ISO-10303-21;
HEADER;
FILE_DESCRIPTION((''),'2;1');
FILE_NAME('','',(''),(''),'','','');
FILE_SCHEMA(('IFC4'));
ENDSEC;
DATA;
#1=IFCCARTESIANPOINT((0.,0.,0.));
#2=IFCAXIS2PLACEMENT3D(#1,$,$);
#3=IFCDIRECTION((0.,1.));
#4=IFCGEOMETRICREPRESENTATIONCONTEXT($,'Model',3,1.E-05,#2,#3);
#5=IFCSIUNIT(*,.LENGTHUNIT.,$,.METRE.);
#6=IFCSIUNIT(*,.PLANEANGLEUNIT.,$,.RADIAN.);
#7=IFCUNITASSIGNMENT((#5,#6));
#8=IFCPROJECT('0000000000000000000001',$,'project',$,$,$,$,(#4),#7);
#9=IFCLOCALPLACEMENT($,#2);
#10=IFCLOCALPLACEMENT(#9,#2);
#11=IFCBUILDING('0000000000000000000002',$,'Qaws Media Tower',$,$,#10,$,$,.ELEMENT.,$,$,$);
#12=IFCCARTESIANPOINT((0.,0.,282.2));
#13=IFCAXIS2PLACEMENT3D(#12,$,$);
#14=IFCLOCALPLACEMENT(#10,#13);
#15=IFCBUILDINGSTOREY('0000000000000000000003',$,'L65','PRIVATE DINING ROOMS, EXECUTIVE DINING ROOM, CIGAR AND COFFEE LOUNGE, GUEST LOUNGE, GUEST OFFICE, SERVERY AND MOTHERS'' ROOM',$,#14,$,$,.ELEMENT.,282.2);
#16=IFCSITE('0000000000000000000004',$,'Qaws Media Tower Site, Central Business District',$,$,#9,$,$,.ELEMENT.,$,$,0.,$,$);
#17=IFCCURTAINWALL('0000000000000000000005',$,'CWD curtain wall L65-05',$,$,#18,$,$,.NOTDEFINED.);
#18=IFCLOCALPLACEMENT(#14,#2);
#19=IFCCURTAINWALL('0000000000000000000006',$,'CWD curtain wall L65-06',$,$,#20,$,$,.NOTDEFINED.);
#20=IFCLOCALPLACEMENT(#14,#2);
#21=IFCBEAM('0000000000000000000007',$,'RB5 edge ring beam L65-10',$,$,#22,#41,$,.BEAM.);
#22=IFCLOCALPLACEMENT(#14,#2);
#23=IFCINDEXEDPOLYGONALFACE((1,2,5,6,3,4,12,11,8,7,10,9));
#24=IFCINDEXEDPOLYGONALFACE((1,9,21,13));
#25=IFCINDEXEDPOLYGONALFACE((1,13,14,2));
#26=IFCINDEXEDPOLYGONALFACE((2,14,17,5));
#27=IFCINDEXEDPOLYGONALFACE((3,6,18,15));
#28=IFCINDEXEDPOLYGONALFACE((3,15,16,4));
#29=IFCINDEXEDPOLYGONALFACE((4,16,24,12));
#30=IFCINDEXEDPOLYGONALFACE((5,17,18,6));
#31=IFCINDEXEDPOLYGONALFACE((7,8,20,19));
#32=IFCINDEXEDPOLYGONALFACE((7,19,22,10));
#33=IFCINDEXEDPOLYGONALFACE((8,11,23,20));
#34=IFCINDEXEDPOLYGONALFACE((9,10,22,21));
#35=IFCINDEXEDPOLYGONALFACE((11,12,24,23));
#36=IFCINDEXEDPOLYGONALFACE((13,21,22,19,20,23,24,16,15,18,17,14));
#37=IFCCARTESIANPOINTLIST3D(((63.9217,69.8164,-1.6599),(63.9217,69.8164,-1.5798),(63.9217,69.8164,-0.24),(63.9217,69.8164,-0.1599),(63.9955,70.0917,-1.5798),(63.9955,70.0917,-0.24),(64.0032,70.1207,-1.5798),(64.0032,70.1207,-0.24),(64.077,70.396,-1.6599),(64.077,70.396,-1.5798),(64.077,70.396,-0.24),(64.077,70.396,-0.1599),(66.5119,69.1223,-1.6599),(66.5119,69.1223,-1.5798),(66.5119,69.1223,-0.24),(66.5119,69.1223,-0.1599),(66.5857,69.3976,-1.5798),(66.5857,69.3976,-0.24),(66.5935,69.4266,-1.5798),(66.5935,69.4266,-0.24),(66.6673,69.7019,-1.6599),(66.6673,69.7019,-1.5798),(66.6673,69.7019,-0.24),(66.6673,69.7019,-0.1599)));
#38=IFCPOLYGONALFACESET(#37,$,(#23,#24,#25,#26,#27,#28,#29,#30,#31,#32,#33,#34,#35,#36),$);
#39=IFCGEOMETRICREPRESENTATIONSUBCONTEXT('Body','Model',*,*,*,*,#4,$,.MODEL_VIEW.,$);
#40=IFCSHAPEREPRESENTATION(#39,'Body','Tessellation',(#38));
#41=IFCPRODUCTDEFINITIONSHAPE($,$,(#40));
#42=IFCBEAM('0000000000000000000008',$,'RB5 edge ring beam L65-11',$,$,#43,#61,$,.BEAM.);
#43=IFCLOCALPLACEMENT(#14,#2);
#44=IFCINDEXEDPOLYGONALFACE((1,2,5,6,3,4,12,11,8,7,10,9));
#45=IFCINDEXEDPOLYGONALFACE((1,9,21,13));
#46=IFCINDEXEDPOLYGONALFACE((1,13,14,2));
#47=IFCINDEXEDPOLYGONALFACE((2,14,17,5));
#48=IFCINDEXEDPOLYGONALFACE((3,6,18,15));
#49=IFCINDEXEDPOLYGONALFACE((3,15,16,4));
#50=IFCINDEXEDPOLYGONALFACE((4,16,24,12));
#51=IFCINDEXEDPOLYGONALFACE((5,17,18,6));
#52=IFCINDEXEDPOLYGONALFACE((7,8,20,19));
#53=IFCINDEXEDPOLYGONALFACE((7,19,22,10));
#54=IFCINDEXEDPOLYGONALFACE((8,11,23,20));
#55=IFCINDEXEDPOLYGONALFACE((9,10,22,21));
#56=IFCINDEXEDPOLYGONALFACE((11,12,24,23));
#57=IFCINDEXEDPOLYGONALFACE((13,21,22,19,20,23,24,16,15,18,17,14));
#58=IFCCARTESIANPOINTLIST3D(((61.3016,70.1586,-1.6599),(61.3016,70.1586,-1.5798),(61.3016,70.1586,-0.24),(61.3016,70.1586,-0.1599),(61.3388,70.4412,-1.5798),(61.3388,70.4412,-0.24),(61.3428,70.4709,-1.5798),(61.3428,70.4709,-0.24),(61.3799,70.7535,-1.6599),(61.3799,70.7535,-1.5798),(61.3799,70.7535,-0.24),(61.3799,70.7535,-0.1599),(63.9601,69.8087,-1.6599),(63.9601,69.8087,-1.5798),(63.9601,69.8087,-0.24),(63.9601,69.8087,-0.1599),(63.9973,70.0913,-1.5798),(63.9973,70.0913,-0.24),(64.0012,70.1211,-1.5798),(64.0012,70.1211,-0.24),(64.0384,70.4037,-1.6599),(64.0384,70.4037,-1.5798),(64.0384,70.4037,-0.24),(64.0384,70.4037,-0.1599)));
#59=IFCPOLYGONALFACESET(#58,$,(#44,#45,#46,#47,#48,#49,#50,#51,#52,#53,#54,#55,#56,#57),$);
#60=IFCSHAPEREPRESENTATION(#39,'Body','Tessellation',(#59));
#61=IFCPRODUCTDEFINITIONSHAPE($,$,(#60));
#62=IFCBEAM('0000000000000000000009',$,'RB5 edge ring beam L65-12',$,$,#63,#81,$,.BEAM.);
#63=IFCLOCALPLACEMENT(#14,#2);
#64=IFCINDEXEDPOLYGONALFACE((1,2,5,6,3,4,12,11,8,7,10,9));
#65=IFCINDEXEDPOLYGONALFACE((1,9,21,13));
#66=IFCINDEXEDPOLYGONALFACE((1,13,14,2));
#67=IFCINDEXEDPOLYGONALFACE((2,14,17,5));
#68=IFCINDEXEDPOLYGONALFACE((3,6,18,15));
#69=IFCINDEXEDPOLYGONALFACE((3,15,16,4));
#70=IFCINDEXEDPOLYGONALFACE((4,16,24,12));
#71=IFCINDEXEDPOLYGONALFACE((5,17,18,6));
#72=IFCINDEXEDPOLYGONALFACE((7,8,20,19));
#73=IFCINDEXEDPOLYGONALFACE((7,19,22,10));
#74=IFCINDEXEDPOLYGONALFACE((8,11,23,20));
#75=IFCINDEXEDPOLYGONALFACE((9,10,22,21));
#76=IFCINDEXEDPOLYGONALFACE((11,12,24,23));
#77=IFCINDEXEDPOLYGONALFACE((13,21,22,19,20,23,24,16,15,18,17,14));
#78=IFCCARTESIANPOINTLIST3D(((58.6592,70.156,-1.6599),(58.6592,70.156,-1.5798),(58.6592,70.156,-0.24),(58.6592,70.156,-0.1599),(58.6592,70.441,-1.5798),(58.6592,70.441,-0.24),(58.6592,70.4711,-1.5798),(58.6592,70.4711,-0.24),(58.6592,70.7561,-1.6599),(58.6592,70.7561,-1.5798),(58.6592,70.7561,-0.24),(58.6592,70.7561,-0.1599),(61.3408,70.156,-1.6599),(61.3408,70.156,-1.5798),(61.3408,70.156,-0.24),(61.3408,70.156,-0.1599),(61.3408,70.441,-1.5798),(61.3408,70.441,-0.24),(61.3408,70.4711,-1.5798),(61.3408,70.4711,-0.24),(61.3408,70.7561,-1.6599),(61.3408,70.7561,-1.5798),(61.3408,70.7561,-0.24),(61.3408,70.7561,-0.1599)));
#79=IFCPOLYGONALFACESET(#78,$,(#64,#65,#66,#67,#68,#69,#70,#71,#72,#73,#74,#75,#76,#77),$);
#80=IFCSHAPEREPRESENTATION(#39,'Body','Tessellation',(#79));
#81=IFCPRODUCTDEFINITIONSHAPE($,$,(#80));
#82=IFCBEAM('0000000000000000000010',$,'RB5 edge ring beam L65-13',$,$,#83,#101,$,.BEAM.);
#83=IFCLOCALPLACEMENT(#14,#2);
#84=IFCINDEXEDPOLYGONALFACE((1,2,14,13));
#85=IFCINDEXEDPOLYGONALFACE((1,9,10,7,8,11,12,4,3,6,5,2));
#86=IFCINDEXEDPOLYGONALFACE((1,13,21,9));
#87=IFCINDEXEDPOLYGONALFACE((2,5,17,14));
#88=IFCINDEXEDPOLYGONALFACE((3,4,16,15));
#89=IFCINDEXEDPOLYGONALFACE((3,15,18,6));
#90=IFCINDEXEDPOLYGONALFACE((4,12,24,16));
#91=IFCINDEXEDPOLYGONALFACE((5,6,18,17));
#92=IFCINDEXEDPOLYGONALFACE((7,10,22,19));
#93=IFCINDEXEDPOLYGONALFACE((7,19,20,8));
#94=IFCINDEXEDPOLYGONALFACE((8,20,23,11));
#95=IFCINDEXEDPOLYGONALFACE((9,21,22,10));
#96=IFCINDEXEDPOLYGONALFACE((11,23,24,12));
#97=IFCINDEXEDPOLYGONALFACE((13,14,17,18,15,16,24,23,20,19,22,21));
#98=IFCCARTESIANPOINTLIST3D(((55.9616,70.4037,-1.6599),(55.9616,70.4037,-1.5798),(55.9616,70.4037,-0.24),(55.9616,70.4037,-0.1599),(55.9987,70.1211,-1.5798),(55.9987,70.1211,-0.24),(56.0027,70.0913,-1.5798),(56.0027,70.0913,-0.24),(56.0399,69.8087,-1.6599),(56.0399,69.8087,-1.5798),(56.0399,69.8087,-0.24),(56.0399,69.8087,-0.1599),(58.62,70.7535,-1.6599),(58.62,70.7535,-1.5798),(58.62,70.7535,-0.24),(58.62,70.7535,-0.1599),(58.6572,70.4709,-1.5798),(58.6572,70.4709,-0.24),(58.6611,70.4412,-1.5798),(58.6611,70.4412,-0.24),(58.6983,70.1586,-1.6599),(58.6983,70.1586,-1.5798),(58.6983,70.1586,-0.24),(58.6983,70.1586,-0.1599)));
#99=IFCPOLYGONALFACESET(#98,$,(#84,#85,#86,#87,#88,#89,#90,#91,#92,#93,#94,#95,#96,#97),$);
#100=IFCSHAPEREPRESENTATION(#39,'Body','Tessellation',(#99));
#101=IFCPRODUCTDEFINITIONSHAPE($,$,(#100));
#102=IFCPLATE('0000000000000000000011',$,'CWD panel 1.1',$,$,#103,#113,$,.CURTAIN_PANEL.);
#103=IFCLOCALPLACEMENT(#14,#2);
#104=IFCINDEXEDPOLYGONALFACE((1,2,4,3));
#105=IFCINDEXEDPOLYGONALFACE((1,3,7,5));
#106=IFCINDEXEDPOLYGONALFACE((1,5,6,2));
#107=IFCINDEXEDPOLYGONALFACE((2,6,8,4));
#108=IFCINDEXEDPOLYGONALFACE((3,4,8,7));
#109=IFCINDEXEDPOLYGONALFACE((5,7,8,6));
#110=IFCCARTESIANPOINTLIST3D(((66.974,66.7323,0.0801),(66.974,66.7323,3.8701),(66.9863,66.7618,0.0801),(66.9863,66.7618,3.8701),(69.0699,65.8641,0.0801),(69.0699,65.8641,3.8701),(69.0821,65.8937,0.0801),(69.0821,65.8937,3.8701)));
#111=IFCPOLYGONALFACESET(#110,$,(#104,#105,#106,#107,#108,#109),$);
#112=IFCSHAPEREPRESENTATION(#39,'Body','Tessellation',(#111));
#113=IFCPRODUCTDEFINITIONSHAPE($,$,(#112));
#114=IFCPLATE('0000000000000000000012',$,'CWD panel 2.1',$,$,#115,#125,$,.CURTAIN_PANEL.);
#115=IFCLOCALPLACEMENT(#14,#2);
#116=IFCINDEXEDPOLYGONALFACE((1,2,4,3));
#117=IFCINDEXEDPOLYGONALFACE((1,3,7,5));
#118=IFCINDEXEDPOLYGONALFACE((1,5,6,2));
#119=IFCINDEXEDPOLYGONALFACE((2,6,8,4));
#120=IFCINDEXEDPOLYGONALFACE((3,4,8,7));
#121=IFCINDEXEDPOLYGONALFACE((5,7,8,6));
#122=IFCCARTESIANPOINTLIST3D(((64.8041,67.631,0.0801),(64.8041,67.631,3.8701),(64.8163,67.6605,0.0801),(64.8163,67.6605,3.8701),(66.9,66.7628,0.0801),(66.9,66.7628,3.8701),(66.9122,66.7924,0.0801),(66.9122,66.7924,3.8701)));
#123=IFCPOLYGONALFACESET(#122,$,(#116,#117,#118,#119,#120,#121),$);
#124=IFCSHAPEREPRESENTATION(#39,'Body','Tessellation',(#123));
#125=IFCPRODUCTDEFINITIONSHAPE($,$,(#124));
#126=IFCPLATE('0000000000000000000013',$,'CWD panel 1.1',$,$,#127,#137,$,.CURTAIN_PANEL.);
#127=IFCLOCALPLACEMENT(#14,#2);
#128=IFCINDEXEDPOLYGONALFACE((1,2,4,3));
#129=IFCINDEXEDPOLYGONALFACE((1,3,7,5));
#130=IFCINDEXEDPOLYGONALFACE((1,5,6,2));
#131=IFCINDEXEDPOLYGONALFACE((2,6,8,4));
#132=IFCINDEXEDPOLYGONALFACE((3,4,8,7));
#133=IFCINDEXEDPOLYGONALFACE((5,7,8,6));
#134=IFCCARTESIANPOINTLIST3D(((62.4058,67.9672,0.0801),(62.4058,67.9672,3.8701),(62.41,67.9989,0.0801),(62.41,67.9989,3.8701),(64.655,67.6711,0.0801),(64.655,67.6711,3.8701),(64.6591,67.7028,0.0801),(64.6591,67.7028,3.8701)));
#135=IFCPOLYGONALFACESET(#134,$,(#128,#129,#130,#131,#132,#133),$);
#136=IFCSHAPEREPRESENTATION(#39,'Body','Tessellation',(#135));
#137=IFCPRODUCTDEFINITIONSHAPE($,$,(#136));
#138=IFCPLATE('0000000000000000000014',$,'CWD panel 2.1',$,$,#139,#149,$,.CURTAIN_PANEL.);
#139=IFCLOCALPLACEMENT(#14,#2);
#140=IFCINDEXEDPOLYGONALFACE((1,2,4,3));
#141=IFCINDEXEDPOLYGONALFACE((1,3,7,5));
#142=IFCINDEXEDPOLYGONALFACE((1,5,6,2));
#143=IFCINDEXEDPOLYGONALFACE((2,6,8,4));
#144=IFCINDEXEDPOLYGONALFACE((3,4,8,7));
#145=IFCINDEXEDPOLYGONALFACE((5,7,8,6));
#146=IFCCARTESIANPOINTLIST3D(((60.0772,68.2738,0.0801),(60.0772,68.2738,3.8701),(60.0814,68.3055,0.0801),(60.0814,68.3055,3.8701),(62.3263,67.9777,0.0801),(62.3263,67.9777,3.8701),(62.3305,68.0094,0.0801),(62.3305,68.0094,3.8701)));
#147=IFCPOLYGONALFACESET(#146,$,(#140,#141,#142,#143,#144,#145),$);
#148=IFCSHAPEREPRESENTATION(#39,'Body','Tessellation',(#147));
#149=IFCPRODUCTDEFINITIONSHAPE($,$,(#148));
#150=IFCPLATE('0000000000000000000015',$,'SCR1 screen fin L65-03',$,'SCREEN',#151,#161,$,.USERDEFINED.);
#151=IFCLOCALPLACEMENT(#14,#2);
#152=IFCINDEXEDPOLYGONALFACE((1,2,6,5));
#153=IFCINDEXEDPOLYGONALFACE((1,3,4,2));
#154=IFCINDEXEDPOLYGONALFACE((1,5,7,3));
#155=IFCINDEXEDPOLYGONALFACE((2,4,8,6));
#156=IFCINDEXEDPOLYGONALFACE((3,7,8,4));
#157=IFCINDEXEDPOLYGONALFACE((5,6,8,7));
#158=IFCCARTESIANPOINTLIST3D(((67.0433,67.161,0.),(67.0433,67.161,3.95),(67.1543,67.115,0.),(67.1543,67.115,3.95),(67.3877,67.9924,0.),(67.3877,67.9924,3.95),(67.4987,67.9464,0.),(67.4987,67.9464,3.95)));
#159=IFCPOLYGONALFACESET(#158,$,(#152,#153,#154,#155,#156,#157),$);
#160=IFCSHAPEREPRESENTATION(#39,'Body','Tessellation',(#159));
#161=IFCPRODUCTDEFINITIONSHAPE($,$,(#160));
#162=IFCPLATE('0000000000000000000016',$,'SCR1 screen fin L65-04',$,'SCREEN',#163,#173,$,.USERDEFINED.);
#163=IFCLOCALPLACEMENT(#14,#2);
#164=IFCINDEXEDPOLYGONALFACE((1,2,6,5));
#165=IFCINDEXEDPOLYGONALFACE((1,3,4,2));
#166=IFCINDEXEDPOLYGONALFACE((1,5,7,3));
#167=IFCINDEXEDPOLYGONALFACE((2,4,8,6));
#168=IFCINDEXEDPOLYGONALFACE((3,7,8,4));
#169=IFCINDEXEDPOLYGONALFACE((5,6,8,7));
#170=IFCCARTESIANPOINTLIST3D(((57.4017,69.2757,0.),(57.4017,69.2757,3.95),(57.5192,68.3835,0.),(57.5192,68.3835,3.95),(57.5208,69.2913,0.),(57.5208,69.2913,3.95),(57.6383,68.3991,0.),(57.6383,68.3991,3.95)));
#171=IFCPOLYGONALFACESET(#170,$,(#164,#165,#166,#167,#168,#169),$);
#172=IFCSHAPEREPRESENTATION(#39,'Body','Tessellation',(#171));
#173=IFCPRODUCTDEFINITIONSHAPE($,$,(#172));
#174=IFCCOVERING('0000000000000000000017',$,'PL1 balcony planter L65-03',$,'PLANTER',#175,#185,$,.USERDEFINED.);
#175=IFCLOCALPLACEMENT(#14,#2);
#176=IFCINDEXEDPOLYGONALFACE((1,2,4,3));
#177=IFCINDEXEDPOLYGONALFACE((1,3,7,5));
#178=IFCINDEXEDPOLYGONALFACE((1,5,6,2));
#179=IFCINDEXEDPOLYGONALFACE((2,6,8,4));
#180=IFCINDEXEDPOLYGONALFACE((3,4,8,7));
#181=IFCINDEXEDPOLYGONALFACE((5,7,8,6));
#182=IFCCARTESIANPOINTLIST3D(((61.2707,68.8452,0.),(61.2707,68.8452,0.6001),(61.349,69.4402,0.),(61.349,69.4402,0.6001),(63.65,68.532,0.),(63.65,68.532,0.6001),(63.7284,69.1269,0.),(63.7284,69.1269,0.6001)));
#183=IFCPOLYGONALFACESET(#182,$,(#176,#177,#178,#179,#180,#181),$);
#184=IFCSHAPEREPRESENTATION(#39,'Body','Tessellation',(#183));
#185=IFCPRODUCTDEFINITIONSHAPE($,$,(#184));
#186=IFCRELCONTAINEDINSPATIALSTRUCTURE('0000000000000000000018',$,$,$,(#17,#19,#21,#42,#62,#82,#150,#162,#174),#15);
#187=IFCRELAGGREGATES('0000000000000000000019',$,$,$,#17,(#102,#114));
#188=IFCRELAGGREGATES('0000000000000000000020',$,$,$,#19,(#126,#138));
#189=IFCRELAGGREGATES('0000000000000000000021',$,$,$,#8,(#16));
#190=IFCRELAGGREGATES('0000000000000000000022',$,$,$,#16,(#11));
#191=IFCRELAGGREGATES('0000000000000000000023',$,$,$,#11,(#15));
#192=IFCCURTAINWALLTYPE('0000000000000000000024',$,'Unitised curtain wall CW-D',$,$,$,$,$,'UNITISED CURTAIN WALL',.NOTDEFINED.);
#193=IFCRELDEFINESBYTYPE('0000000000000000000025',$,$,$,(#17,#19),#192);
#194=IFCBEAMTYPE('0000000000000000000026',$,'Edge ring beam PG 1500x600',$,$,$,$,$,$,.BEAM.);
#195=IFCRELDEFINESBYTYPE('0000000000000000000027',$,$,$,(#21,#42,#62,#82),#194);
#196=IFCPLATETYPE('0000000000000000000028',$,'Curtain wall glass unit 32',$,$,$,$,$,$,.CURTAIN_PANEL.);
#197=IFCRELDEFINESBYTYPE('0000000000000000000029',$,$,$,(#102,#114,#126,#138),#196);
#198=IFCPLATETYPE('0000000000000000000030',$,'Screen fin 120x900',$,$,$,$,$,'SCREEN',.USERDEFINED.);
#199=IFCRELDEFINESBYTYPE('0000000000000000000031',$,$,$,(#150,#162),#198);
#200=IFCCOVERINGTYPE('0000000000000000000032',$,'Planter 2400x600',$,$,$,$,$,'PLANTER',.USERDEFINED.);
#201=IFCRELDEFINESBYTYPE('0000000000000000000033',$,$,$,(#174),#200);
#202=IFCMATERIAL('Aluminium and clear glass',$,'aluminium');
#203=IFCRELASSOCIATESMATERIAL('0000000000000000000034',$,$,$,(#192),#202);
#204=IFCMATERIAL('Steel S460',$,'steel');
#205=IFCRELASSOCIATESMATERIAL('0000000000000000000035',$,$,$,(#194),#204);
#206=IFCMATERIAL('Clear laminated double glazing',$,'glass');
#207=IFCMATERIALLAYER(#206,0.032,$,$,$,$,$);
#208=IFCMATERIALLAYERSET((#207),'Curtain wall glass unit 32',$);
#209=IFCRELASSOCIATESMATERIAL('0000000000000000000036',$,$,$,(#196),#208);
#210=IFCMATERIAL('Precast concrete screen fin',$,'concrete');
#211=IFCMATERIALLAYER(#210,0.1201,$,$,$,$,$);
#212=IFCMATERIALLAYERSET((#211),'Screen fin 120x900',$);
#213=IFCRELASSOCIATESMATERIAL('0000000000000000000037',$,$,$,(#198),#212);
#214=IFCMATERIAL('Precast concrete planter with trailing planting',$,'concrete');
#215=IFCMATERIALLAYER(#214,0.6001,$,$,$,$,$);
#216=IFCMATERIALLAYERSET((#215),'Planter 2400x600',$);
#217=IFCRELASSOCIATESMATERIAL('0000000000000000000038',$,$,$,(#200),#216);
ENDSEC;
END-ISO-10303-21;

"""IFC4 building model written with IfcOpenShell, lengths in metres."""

from ifc_helpers import new_model, si_unit, direction, frame, origin, origin_2d, place, context, subcontext, project, spatial, rectangle, i_section, extrude, material, layer, layer_set, material_profile, profile_set, type_object, element, aggregate, save


model = new_model("IFC4")

# Units and contexts
model_context = context("Model", 3, precision=1e-05, world=origin(), true_north=direction((0.0, 1.0)))
body_context = subcontext(model_context, "Body", "Model", "MODEL_VIEW")
ifc_project = project(units=[si_unit("LENGTHUNIT", "METRE"), si_unit("PLANEANGLEUNIT", "RADIAN")], contexts=[model_context])

# Site, building, storey
site_placement = place(None, origin())
site = spatial("IfcSite", under=ifc_project, at=site_placement, Name="Qaws Media Tower Site, Central Business District", CompositionType="ELEMENT", RefElevation=0.0)
building_placement = place(site_placement, origin())
building = spatial("IfcBuilding", under=site, at=building_placement, Name="Qaws Media Tower", CompositionType="ELEMENT")
storey_placement = place(building_placement, frame((0.0, 0.0, 282.2)))
storey = spatial("IfcBuildingStorey", under=building, at=storey_placement, Name="L65", Description="PRIVATE DINING ROOMS, EXECUTIVE DINING ROOM, CIGAR AND COFFEE LOUNGE, GUEST LOUNGE, GUEST OFFICE, SERVERY AND MOTHERS' ROOM", CompositionType="ELEMENT", Elevation=282.2)

# Curtain walls
ifc_material_1 = material(Name="Aluminium and clear glass", Category="aluminium")
curtain_wall_type = type_object("IfcCurtainWallType", Name="Unitised curtain wall CW-D", ElementType="UNITISED CURTAIN WALL", PredefinedType="NOTDEFINED", material=ifc_material_1)
curtain_wall_1_placement = place(storey_placement, origin())
curtain_wall_1 = element("IfcCurtainWall", 1, at=curtain_wall_1_placement, inside=storey, type_object=curtain_wall_type, Name="CWD curtain wall L65-05", PredefinedType="NOTDEFINED")
curtain_wall_2_placement = place(storey_placement, origin())
curtain_wall_2 = element("IfcCurtainWall", 2, at=curtain_wall_2_placement, inside=storey, type_object=curtain_wall_type, Name="CWD curtain wall L65-06", PredefinedType="NOTDEFINED")

# Beams
ifc_material_2 = material(Name="Steel S460", Category="steel")
ifc_material_profile_1 = material_profile(ifc_material_2, i_section(OverallWidth=0.6001, OverallDepth=1.5, WebThickness=0.03, FlangeThickness=0.0801, at=origin_2d()), Name="PG 1500x600")
ifc_profile_set_1 = profile_set([ifc_material_profile_1], Name="Steel S460")
beam_type = type_object("IfcBeamType", Name="Edge ring beam PG 1500x600", PredefinedType="BEAM", material=ifc_profile_set_1)
beam_1_placement = place(storey_placement, frame((66.5896, 69.4121, -0.9099), z_axis=(-0.965924, 0.258824, 0.0), x_axis=(-0.258824, -0.965924, 0.0)))
element("IfcBeam", 3, at=beam_1_placement, inside=storey, type_object=beam_type, Name="RB5 edge ring beam L65-10", PredefinedType="BEAM", context=body_context, shape_type="SweptSolid", body=[
    extrude(i_section(OverallWidth=0.6001, OverallDepth=1.5, WebThickness=0.03, FlangeThickness=0.0801, at=origin_2d()), origin(), (0.0, 0.0, 1.0), 2.6816),
])
beam_2_placement = place(storey_placement, frame((63.9993, 70.1062, -0.9099), z_axis=(-0.991452, 0.130476, 0.0), x_axis=(-0.130476, -0.991452, 0.0)))
element("IfcBeam", 4, at=beam_2_placement, inside=storey, type_object=beam_type, Name="RB5 edge ring beam L65-11", PredefinedType="BEAM", context=body_context, shape_type="SweptSolid", body=[
    extrude(i_section(OverallWidth=0.6001, OverallDepth=1.5, WebThickness=0.03, FlangeThickness=0.0801, at=origin_2d()), origin(), (0.0, 0.0, 1.0), 2.6814),
])
beam_3_placement = place(storey_placement, frame((61.3408, 70.4561, -0.9099), z_axis=(-1.0, 0.0, 0.0), x_axis=(0.0, -1.0, 0.0)))
element("IfcBeam", 5, at=beam_3_placement, inside=storey, type_object=beam_type, Name="RB5 edge ring beam L65-12", PredefinedType="BEAM", context=body_context, shape_type="SweptSolid", body=[
    extrude(i_section(OverallWidth=0.6001, OverallDepth=1.5, WebThickness=0.03, FlangeThickness=0.0801, at=origin_2d()), origin(), (0.0, 0.0, 1.0), 2.6816),
])
beam_4_placement = place(storey_placement, frame((58.6592, 70.4561, -0.9099), z_axis=(-0.991452, -0.130476, 0.0), x_axis=(0.130476, -0.991452, 0.0)))
element("IfcBeam", 6, at=beam_4_placement, inside=storey, type_object=beam_type, Name="RB5 edge ring beam L65-13", PredefinedType="BEAM", context=body_context, shape_type="SweptSolid", body=[
    extrude(i_section(OverallWidth=0.6001, OverallDepth=1.5, WebThickness=0.03, FlangeThickness=0.0801, at=origin_2d()), origin(), (0.0, 0.0, 1.0), 2.6814),
])

# Plates
ifc_material_3 = material(Name="Clear laminated double glazing", Category="glass")
ifc_layer_1 = layer(ifc_material_3, 0.032)
ifc_layer_set_1 = layer_set([ifc_layer_1], Name="Curtain wall glass unit 32")
plate_type_1 = type_object("IfcPlateType", Name="Curtain wall glass unit 32", PredefinedType="CURTAIN_PANEL", material=ifc_layer_set_1)
plate_1_placement = place(storey_placement, frame((68.0281, 66.313, 0.0801), z_axis=(0.0, 0.0, 1.0), x_axis=(-0.923879, 0.382684, 0.0)))
plate_1 = element("IfcPlate", 7, at=plate_1_placement, type_object=plate_type_1, Name="CWD panel 1.1", PredefinedType="CURTAIN_PANEL", context=body_context, shape_type="SweptSolid", body=[
    extrude(rectangle(XDim=2.2686, YDim=0.032, at=origin_2d()), origin(), (0.0, 0.0, 1.0), 3.79),
])
plate_2_placement = place(storey_placement, frame((65.8582, 67.2117, 0.0801), z_axis=(0.0, 0.0, 1.0), x_axis=(-0.923879, 0.382684, 0.0)))
plate_2 = element("IfcPlate", 8, at=plate_2_placement, type_object=plate_type_1, Name="CWD panel 2.1", PredefinedType="CURTAIN_PANEL", context=body_context, shape_type="SweptSolid", body=[
    extrude(rectangle(XDim=2.2686, YDim=0.032, at=origin_2d()), origin(), (0.0, 0.0, 1.0), 3.79),
])
aggregate(curtain_wall_1, [plate_1, plate_2])
plate_3_placement = place(storey_placement, frame((63.5325, 67.835, 0.0801), z_axis=(0.0, 0.0, 1.0), x_axis=(-0.991445, 0.130526, 0.0)))
plate_3 = element("IfcPlate", 9, at=plate_3_placement, type_object=plate_type_1, Name="CWD panel 1.1", PredefinedType="CURTAIN_PANEL", context=body_context, shape_type="SweptSolid", body=[
    extrude(rectangle(XDim=2.2686, YDim=0.032, at=origin_2d()), origin(), (0.0, 0.0, 1.0), 3.79),
])
plate_4_placement = place(storey_placement, frame((61.2039, 68.1416, 0.0801), z_axis=(0.0, 0.0, 1.0), x_axis=(-0.991445, 0.130526, 0.0)))
plate_4 = element("IfcPlate", 10, at=plate_4_placement, type_object=plate_type_1, Name="CWD panel 2.1", PredefinedType="CURTAIN_PANEL", context=body_context, shape_type="SweptSolid", body=[
    extrude(rectangle(XDim=2.2686, YDim=0.032, at=origin_2d()), origin(), (0.0, 0.0, 1.0), 3.79),
])
aggregate(curtain_wall_2, [plate_3, plate_4])

# Plates
ifc_material_4 = material(Name="Precast concrete screen fin", Category="concrete")
ifc_layer_2 = layer(ifc_material_4, 0.1201)
ifc_layer_set_2 = layer_set([ifc_layer_2], Name="Screen fin 120x900")
plate_type_2 = type_object("IfcPlateType", Name="Screen fin 120x900", ElementType="SCREEN", PredefinedType="USERDEFINED", material=ifc_layer_set_2)
for number, where, z_axis, x_axis, name in (
    (11, (67.271, 67.5537, 0.0), (0.0, 0.0, 1.0), (0.382683, 0.92388, 0.0), "SCR1 screen fin L65-03"),
    (12, (57.52, 68.8374, 0.0), (0.0, 0.0, 1.0), (-0.130526, 0.991445, 0.0), "SCR1 screen fin L65-04"),
):
    element("IfcPlate", number, at=place(storey_placement, frame(where, z_axis=z_axis, x_axis=x_axis)), inside=storey, type_object=plate_type_2, Name=name, ObjectType="SCREEN", PredefinedType="USERDEFINED", context=body_context, shape_type="SweptSolid", body=[
        extrude(rectangle(XDim=0.8999, YDim=0.1201, at=origin_2d()), origin(), (0.0, 0.0, 1.0), 3.95),
    ])

# Covering
ifc_material_5 = material(Name="Precast concrete planter with trailing planting", Category="concrete")
ifc_layer_3 = layer(ifc_material_5, 0.6001)
ifc_layer_set_3 = layer_set([ifc_layer_3], Name="Planter 2400x600")
covering_type = type_object("IfcCoveringType", Name="Planter 2400x600", ElementType="PLANTER", PredefinedType="USERDEFINED", material=ifc_layer_set_3)
covering_placement = place(storey_placement, frame((62.4995, 68.9861, 0.0), z_axis=(0.0, 0.0, 1.0), x_axis=(-0.991445, 0.130526, 0.0)))
element("IfcCovering", 13, at=covering_placement, inside=storey, type_object=covering_type, Name="PL1 balcony planter L65-03", ObjectType="PLANTER", PredefinedType="USERDEFINED", context=body_context, shape_type="SweptSolid", body=[
    extrude(rectangle(XDim=2.3999, YDim=0.6001, at=origin_2d()), origin(), (0.0, 0.0, 1.0), 0.6001),
])

save(model, "model.ifc")
